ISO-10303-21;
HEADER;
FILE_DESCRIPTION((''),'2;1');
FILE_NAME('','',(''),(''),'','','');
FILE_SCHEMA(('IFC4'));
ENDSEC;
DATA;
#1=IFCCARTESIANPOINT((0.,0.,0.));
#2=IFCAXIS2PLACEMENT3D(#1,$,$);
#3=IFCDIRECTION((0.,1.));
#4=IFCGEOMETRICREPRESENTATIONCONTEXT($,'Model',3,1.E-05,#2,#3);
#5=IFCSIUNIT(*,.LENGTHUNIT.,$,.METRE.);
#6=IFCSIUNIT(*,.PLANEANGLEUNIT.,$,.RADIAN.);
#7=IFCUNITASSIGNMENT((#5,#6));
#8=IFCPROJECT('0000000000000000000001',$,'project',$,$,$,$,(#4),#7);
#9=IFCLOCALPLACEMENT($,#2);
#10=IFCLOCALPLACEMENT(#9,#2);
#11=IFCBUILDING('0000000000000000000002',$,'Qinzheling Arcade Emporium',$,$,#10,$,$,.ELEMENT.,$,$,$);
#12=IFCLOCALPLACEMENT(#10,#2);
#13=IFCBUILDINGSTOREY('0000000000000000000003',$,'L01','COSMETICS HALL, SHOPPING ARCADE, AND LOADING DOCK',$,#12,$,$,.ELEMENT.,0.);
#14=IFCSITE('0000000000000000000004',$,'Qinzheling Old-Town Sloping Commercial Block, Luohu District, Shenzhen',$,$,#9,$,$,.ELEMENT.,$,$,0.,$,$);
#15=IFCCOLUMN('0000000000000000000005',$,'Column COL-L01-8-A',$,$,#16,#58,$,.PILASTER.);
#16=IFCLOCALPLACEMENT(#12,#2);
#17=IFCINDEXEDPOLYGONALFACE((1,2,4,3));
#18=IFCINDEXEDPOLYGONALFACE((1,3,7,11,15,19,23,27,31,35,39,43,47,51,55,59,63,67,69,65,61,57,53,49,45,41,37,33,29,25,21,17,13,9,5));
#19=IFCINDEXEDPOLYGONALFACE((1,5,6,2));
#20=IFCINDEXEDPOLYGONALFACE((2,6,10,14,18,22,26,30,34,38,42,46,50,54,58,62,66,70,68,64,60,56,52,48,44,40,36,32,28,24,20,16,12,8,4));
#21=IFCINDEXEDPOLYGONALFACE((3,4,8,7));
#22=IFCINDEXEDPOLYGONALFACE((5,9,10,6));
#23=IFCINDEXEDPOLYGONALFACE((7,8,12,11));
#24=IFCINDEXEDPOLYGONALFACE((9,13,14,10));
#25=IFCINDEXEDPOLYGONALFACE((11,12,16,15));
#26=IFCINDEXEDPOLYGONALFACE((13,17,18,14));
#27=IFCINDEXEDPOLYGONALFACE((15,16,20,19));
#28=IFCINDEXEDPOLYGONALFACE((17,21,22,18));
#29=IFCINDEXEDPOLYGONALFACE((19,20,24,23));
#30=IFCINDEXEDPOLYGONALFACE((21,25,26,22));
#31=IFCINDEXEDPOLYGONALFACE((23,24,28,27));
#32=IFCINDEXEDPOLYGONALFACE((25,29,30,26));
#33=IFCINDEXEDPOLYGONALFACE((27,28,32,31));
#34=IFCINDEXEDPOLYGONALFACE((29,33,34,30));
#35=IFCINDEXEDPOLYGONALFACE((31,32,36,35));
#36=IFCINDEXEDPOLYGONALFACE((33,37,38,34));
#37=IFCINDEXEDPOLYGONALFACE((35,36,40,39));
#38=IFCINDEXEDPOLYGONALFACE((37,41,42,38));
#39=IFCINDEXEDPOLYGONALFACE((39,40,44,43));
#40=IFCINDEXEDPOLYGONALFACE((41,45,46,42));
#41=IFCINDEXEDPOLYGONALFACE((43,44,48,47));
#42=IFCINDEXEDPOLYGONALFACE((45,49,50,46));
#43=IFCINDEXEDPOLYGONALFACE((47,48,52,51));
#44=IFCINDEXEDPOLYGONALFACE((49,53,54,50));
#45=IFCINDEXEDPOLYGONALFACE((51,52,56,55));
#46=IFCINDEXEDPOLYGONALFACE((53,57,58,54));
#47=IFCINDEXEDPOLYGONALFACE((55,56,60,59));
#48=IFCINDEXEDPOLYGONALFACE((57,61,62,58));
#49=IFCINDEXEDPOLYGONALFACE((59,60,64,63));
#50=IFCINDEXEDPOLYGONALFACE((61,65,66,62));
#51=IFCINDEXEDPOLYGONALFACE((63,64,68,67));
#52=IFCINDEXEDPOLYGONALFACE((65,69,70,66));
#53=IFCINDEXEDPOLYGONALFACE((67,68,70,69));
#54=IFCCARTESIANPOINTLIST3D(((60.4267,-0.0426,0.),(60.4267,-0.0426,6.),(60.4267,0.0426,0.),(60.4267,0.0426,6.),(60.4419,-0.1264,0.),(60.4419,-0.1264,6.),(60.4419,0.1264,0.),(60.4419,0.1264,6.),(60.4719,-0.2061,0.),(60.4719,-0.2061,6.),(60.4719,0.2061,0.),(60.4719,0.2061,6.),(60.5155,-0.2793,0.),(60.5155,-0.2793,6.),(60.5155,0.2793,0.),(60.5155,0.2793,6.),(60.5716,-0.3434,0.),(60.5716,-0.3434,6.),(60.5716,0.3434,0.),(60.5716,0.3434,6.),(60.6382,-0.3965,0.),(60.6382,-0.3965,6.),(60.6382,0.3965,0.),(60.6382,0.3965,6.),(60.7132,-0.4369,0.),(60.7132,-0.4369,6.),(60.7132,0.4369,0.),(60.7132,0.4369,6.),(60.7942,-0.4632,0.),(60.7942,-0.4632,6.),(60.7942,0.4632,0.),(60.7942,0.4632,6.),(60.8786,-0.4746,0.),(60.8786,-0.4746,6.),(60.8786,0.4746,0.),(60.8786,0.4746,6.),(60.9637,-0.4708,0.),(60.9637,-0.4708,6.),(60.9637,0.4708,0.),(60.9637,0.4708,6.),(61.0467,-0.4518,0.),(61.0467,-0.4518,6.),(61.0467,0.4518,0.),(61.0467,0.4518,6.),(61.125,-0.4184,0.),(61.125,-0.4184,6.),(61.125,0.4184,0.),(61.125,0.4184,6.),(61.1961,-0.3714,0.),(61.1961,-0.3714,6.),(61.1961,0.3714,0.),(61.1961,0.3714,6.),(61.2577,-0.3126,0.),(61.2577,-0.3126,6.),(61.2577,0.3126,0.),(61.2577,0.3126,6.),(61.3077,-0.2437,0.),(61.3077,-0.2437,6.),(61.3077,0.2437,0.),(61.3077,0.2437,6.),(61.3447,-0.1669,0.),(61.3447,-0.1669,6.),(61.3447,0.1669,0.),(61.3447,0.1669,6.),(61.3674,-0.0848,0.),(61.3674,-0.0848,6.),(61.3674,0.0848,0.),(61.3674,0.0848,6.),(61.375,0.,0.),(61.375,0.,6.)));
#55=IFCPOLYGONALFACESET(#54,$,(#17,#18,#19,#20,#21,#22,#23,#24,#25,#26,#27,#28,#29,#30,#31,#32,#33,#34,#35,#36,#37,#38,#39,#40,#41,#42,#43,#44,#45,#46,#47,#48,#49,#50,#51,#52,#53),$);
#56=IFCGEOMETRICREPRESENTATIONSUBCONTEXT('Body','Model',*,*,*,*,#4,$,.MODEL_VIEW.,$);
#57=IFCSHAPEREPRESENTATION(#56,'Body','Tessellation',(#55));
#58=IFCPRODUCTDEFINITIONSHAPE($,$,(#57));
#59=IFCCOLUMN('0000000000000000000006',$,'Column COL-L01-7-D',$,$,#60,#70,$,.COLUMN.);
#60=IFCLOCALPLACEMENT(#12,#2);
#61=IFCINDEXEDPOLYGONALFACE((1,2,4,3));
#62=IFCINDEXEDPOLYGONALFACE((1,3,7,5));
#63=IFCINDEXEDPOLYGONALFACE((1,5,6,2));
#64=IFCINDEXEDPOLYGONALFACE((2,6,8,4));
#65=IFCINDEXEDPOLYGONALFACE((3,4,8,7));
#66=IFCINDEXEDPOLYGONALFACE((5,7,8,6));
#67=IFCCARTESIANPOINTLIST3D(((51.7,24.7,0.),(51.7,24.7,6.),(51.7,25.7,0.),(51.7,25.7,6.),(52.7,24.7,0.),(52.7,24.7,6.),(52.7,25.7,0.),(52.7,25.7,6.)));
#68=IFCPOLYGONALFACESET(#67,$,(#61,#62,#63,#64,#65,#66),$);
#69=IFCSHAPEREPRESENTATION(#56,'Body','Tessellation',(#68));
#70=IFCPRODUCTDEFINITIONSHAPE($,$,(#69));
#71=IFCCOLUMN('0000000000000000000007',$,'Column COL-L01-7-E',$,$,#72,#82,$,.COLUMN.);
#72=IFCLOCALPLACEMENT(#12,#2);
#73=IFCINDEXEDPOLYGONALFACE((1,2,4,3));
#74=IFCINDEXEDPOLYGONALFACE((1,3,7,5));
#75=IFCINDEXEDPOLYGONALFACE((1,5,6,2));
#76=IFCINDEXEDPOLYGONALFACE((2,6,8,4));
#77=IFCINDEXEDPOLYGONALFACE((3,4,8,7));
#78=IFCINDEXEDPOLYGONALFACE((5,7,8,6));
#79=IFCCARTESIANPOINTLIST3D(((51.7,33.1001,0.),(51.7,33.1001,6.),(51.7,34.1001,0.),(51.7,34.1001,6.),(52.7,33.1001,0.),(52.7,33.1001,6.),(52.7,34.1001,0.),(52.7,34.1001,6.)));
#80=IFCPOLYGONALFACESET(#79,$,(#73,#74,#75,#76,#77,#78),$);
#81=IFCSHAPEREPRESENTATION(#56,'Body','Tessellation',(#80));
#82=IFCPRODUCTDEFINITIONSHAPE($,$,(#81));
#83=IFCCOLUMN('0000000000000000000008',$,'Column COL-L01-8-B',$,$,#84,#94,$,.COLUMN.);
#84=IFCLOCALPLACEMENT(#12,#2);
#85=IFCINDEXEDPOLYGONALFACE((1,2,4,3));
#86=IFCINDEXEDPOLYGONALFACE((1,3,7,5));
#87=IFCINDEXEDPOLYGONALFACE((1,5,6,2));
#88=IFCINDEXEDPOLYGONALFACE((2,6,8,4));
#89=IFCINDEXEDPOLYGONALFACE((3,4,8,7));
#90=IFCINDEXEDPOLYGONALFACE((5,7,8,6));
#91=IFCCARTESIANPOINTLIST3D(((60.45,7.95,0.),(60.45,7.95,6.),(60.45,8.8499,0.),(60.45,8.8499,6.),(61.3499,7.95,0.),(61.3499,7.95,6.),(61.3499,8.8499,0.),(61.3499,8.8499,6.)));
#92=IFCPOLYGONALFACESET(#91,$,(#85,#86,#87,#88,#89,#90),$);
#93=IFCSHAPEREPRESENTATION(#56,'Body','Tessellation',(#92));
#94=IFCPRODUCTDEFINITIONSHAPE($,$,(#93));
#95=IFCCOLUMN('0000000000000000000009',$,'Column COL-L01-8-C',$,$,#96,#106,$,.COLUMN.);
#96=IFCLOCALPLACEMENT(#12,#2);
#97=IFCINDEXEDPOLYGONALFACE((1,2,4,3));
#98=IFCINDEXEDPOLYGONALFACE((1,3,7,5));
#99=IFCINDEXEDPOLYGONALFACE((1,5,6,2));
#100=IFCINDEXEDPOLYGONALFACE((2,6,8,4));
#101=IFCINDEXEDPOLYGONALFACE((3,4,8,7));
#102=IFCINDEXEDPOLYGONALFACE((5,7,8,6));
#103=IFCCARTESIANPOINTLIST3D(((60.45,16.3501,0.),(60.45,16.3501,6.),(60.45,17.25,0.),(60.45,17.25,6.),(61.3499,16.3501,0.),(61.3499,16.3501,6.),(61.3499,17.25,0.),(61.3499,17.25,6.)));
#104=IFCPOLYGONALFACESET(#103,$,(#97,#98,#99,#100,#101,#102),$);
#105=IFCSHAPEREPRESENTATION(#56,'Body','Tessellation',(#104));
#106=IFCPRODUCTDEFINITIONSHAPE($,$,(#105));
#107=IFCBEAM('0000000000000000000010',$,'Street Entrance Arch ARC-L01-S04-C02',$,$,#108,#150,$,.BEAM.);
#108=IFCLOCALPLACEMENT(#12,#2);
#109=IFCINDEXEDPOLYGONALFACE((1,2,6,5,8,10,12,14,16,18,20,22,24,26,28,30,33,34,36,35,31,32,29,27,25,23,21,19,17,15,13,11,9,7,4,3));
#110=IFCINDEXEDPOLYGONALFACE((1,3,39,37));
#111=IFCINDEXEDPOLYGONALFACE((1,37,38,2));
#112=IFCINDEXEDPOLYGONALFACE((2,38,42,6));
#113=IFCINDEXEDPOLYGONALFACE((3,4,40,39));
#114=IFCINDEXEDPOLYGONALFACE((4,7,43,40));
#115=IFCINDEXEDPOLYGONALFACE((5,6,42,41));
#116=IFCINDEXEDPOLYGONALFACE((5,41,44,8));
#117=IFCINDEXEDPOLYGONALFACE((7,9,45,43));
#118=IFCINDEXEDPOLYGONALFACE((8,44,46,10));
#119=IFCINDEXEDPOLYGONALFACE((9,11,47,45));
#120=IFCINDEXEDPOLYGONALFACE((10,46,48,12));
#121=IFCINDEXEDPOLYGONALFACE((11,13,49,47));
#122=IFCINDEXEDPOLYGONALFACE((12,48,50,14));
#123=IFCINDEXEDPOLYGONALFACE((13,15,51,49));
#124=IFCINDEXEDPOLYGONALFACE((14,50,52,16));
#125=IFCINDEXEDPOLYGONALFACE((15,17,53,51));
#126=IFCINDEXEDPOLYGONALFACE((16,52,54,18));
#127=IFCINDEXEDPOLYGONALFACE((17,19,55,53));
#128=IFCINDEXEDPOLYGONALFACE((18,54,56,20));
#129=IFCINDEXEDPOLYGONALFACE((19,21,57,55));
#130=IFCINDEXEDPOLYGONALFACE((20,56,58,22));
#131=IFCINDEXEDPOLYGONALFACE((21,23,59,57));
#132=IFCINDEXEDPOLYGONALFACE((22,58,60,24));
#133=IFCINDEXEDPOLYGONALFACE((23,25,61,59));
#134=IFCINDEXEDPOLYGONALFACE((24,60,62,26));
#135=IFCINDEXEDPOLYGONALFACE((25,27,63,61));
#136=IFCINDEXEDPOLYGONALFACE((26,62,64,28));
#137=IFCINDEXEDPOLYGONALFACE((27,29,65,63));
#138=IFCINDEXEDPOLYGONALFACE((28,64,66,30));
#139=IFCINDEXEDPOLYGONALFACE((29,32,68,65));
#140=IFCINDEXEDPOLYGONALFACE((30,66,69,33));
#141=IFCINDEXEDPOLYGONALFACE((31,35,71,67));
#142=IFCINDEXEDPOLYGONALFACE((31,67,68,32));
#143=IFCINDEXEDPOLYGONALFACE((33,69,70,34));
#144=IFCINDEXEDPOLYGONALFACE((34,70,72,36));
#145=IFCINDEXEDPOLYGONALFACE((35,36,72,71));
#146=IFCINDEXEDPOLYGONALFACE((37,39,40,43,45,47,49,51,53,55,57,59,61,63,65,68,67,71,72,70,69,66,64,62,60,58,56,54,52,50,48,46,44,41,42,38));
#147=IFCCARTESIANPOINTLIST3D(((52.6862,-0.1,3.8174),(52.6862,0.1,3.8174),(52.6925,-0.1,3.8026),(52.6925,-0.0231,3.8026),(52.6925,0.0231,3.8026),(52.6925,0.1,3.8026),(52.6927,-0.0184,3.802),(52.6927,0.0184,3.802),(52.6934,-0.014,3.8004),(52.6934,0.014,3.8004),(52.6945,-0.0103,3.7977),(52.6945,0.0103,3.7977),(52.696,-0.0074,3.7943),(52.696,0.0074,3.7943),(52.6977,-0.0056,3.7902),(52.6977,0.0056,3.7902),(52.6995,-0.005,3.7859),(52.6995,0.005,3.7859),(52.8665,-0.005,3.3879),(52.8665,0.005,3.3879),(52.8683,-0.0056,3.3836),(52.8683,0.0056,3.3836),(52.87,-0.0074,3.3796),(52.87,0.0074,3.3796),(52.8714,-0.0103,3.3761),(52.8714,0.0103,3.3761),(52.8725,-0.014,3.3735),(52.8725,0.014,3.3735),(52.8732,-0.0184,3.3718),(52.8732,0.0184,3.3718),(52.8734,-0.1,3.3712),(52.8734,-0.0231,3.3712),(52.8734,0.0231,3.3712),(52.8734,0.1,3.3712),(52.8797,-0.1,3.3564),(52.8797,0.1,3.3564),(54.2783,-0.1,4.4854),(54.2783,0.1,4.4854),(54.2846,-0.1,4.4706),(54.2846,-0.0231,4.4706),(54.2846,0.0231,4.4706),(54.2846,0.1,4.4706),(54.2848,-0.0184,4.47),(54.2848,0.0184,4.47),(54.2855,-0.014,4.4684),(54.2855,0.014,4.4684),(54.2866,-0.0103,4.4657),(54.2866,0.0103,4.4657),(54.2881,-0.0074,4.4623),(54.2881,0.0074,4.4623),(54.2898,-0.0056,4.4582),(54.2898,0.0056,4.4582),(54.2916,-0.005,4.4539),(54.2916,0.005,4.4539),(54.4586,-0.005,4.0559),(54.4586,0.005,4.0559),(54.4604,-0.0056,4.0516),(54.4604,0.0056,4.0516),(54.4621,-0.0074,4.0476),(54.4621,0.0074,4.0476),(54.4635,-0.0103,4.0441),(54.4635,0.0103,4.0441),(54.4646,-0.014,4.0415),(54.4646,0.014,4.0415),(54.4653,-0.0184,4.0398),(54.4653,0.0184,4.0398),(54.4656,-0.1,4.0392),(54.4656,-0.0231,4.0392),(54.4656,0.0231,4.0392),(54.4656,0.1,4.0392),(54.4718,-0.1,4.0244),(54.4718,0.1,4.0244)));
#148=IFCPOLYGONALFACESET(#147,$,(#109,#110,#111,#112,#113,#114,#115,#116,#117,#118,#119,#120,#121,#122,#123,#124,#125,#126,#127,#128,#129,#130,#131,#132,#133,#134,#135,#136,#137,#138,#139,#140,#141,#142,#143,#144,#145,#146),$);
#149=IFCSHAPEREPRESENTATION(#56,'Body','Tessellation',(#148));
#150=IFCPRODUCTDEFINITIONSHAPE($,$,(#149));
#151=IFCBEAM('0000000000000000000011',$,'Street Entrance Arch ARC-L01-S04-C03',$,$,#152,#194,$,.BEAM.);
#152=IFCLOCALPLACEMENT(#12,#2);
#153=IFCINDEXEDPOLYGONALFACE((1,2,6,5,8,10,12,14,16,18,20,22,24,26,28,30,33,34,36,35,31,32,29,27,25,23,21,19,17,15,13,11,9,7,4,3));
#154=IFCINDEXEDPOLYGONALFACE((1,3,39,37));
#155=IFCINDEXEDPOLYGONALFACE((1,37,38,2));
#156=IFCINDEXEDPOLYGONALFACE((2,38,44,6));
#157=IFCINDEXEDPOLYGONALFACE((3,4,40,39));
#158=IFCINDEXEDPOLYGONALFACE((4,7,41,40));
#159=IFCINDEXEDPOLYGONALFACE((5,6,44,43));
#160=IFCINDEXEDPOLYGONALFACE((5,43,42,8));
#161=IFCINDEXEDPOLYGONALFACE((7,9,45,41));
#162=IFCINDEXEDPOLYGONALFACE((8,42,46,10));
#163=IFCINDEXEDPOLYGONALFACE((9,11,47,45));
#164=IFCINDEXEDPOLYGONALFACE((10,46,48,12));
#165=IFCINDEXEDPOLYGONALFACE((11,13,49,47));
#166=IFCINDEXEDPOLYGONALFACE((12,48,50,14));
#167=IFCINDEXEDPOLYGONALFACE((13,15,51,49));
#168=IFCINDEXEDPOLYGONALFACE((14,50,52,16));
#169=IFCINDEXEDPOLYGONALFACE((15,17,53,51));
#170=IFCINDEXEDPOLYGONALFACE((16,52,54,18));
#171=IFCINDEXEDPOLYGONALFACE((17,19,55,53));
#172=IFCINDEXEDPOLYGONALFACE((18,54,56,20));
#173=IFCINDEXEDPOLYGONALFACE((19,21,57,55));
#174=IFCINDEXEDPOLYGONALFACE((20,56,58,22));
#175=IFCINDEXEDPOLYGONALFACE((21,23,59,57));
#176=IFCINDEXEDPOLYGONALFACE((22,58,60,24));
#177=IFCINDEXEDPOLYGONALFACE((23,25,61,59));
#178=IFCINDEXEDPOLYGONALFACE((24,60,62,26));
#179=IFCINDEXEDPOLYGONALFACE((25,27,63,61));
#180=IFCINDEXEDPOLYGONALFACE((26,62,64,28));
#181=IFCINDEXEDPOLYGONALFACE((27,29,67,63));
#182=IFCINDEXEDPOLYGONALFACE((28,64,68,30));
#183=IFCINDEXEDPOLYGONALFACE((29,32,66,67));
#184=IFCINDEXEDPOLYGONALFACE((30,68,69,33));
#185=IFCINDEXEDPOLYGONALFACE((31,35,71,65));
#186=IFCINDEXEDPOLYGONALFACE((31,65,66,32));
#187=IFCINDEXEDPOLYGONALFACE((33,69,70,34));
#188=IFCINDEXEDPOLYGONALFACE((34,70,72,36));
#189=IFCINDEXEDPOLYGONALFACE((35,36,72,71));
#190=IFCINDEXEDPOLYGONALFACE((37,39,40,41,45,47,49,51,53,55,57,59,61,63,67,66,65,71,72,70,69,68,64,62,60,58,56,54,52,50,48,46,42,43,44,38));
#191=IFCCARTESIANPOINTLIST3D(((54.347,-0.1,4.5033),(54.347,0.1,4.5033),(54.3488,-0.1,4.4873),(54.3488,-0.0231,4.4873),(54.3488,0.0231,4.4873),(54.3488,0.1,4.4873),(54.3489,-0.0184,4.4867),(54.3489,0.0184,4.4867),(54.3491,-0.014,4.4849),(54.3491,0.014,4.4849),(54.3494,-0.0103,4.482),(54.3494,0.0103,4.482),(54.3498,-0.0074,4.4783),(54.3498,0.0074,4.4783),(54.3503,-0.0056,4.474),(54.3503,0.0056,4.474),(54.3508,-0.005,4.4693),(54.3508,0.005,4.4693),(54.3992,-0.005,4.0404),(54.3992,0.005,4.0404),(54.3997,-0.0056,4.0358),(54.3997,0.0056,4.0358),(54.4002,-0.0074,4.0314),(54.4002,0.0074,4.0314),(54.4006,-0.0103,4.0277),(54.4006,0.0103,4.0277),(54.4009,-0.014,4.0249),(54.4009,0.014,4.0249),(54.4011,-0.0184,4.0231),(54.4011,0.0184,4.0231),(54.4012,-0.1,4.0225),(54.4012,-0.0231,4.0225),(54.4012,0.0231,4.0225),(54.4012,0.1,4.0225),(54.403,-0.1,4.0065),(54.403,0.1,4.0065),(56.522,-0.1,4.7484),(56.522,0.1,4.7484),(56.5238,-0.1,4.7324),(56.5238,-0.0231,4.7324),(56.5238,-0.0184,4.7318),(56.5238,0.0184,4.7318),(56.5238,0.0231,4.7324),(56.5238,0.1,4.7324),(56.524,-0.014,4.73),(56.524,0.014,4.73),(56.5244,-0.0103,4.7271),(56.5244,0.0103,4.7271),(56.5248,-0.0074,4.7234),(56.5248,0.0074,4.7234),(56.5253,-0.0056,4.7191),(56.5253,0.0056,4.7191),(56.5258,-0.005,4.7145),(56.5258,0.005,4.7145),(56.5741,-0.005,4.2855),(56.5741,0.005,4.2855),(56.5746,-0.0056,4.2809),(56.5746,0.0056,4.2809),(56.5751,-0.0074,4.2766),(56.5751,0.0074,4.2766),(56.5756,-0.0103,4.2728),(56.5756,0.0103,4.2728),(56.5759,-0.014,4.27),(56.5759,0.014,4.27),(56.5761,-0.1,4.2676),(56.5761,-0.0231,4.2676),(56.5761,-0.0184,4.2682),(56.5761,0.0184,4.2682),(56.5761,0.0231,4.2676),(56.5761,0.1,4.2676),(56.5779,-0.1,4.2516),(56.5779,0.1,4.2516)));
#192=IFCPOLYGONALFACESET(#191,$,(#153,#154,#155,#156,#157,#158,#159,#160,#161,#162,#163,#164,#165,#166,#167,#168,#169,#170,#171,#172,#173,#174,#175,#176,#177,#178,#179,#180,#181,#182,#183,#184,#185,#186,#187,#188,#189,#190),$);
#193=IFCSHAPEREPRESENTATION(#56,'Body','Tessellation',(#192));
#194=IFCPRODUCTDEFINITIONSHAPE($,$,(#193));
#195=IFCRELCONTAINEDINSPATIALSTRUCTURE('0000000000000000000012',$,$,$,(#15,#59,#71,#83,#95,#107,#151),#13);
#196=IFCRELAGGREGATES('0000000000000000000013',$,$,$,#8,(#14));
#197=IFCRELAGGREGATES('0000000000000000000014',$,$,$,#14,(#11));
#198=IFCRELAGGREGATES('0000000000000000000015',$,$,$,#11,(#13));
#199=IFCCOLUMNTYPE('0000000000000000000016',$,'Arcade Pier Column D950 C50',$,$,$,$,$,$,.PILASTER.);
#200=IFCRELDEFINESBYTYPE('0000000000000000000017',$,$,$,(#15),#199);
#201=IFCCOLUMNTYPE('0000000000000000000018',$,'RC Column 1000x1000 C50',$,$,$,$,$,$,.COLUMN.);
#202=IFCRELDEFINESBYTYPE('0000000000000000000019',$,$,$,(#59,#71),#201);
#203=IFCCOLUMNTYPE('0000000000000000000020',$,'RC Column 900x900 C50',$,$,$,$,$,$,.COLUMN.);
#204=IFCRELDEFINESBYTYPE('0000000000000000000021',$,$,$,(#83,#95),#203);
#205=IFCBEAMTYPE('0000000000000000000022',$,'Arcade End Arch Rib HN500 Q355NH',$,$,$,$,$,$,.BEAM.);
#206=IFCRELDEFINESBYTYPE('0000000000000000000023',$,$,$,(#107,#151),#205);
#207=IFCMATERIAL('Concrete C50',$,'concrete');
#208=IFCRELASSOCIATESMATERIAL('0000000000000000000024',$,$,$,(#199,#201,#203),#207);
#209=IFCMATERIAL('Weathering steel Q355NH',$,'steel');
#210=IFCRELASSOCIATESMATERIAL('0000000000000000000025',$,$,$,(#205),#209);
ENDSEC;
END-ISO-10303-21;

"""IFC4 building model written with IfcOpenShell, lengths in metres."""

from ifc_helpers import new_model, si_unit, direction, frame, origin, origin_2d, place, context, subcontext, project, spatial, rectangle, circle, i_section, extrude, material, material_profile, profile_set, type_object, element, save


model = new_model("IFC4")

# Units and contexts
model_context = context("Model", 3, precision=1e-05, world=origin(), true_north=direction((0.0, 1.0)))
body_context = subcontext(model_context, "Body", "Model", "MODEL_VIEW")
ifc_project = project(units=[si_unit("LENGTHUNIT", "METRE"), si_unit("PLANEANGLEUNIT", "RADIAN")], contexts=[model_context])

# Site, building, storey
site_placement = place(None, origin())
site = spatial("IfcSite", under=ifc_project, at=site_placement, Name="Qinzheling Old-Town Sloping Commercial Block, Luohu District, Shenzhen", CompositionType="ELEMENT", RefElevation=0.0)
building_placement = place(site_placement, origin())
building = spatial("IfcBuilding", under=site, at=building_placement, Name="Qinzheling Arcade Emporium", CompositionType="ELEMENT")
storey_placement = place(building_placement, origin())
storey = spatial("IfcBuildingStorey", under=building, at=storey_placement, Name="L01", Description="COSMETICS HALL, SHOPPING ARCADE, AND LOADING DOCK", CompositionType="ELEMENT", Elevation=0.0)

# Columns
ifc_material_1 = material(Name="Concrete C50", Category="concrete")
ifc_material_profile_1 = material_profile(ifc_material_1, circle(Radius=0.4751, at=origin_2d()), Name="RC D950", Category="concrete")
ifc_profile_set_1 = profile_set([ifc_material_profile_1], Name="Concrete C50")
column_type_1 = type_object("IfcColumnType", Name="Arcade Pier Column D950 C50", PredefinedType="PILASTER", material=ifc_profile_set_1)
column_placement = place(storey_placement, frame((60.8999, 0.0, 0.0), z_axis=(0.0, 0.0, 1.0), x_axis=(1.0, 0.0, 0.0)))
element("IfcColumn", 1, at=column_placement, inside=storey, type_object=column_type_1, Name="Column COL-L01-8-A", PredefinedType="PILASTER", context=body_context, shape_type="SweptSolid", body=[
    extrude(circle(Radius=0.4751, at=origin_2d()), origin(), (0.0, 0.0, 1.0), 6.0),
])
ifc_material_profile_2 = material_profile(ifc_material_1, rectangle(XDim=1.0, YDim=1.0, at=origin_2d()), Name="RC 1000x1000", Category="concrete")
ifc_profile_set_2 = profile_set([ifc_material_profile_2], Name="Concrete C50")
column_type_2 = type_object("IfcColumnType", Name="RC Column 1000x1000 C50", PredefinedType="COLUMN", material=ifc_profile_set_2)
for number, where, z_axis, x_axis, name in (
    (2, (52.2, 25.2, 0.0), (0.0, 0.0, 1.0), (1.0, 0.0, 0.0), "Column COL-L01-7-D"),
    (3, (52.2, 33.6001, 0.0), (0.0, 0.0, 1.0), (1.0, 0.0, 0.0), "Column COL-L01-7-E"),
):
    element("IfcColumn", number, at=place(storey_placement, frame(where, z_axis=z_axis, x_axis=x_axis)), inside=storey, type_object=column_type_2, Name=name, PredefinedType="COLUMN", context=body_context, shape_type="SweptSolid", body=[
        extrude(rectangle(XDim=1.0, YDim=1.0, at=origin_2d()), origin(), (0.0, 0.0, 1.0), 6.0),
    ])
ifc_material_profile_3 = material_profile(ifc_material_1, rectangle(XDim=0.8999, YDim=0.8999, at=origin_2d()), Name="RC 900x900", Category="concrete")
ifc_profile_set_3 = profile_set([ifc_material_profile_3], Name="Concrete C50")
column_type_3 = type_object("IfcColumnType", Name="RC Column 900x900 C50", PredefinedType="COLUMN", material=ifc_profile_set_3)
for number, where, z_axis, x_axis, name in (
    (4, (60.8999, 8.3999, 0.0), (0.0, 0.0, 1.0), (1.0, 0.0, 0.0), "Column COL-L01-8-B"),
    (5, (60.8999, 16.8, 0.0), (0.0, 0.0, 1.0), (1.0, 0.0, 0.0), "Column COL-L01-8-C"),
):
    element("IfcColumn", number, at=place(storey_placement, frame(where, z_axis=z_axis, x_axis=x_axis)), inside=storey, type_object=column_type_3, Name=name, PredefinedType="COLUMN", context=body_context, shape_type="SweptSolid", body=[
        extrude(rectangle(XDim=0.8999, YDim=0.8999, at=origin_2d()), origin(), (0.0, 0.0, 1.0), 6.0),
    ])

# Beams
ifc_material_2 = material(Name="Weathering steel Q355NH", Category="steel")
ifc_material_profile_4 = material_profile(ifc_material_2, i_section(OverallWidth=0.2, OverallDepth=0.5, WebThickness=0.01, FlangeThickness=0.0161, FilletRadius=0.0181, at=origin_2d()), Name="HN 500x200x10x16", Category="steel")
ifc_profile_set_4 = profile_set([ifc_material_profile_4], Name="Weathering steel Q355NH")
beam_type_1 = type_object("IfcBeamType", Name="Arcade End Arch Rib HN500 Q355NH", PredefinedType="BEAM", material=ifc_profile_set_4)
beam_1_placement = place(storey_placement, frame((52.783, 0.0, 3.5869), z_axis=(0.922124, 0.0, 0.386893), x_axis=(0.0, 1.0, 0.0)))
element("IfcBeam", 6, at=beam_1_placement, inside=storey, type_object=beam_type_1, Name="Street Entrance Arch ARC-L01-S04-C02", PredefinedType="BEAM", context=body_context, shape_type="SweptSolid", body=[
    extrude(i_section(OverallWidth=0.2, OverallDepth=0.5, WebThickness=0.01, FlangeThickness=0.0161, FilletRadius=0.0181, at=origin_2d()), origin(), (0.0, 0.0, 1.0), 1.7266),
])
for number, where, z_axis, x_axis, name in (
    (7, (54.375, 0.0, 4.2549), (0.99371, 0.0, 0.111986), (0.0, 1.0, 0.0), "Street Entrance Arch ARC-L01-S04-C03"),
):
    element("IfcBeam", number, at=place(storey_placement, frame(where, z_axis=z_axis, x_axis=x_axis)), inside=storey, type_object=beam_type_1, Name=name, PredefinedType="BEAM", context=body_context, shape_type="SweptSolid", body=[
        extrude(i_section(OverallWidth=0.2, OverallDepth=0.5, WebThickness=0.01, FlangeThickness=0.0161, FilletRadius=0.0181, at=origin_2d()), origin(), (0.0, 0.0, 1.0), 2.1887),
    ])

save(model, "model.ifc")
